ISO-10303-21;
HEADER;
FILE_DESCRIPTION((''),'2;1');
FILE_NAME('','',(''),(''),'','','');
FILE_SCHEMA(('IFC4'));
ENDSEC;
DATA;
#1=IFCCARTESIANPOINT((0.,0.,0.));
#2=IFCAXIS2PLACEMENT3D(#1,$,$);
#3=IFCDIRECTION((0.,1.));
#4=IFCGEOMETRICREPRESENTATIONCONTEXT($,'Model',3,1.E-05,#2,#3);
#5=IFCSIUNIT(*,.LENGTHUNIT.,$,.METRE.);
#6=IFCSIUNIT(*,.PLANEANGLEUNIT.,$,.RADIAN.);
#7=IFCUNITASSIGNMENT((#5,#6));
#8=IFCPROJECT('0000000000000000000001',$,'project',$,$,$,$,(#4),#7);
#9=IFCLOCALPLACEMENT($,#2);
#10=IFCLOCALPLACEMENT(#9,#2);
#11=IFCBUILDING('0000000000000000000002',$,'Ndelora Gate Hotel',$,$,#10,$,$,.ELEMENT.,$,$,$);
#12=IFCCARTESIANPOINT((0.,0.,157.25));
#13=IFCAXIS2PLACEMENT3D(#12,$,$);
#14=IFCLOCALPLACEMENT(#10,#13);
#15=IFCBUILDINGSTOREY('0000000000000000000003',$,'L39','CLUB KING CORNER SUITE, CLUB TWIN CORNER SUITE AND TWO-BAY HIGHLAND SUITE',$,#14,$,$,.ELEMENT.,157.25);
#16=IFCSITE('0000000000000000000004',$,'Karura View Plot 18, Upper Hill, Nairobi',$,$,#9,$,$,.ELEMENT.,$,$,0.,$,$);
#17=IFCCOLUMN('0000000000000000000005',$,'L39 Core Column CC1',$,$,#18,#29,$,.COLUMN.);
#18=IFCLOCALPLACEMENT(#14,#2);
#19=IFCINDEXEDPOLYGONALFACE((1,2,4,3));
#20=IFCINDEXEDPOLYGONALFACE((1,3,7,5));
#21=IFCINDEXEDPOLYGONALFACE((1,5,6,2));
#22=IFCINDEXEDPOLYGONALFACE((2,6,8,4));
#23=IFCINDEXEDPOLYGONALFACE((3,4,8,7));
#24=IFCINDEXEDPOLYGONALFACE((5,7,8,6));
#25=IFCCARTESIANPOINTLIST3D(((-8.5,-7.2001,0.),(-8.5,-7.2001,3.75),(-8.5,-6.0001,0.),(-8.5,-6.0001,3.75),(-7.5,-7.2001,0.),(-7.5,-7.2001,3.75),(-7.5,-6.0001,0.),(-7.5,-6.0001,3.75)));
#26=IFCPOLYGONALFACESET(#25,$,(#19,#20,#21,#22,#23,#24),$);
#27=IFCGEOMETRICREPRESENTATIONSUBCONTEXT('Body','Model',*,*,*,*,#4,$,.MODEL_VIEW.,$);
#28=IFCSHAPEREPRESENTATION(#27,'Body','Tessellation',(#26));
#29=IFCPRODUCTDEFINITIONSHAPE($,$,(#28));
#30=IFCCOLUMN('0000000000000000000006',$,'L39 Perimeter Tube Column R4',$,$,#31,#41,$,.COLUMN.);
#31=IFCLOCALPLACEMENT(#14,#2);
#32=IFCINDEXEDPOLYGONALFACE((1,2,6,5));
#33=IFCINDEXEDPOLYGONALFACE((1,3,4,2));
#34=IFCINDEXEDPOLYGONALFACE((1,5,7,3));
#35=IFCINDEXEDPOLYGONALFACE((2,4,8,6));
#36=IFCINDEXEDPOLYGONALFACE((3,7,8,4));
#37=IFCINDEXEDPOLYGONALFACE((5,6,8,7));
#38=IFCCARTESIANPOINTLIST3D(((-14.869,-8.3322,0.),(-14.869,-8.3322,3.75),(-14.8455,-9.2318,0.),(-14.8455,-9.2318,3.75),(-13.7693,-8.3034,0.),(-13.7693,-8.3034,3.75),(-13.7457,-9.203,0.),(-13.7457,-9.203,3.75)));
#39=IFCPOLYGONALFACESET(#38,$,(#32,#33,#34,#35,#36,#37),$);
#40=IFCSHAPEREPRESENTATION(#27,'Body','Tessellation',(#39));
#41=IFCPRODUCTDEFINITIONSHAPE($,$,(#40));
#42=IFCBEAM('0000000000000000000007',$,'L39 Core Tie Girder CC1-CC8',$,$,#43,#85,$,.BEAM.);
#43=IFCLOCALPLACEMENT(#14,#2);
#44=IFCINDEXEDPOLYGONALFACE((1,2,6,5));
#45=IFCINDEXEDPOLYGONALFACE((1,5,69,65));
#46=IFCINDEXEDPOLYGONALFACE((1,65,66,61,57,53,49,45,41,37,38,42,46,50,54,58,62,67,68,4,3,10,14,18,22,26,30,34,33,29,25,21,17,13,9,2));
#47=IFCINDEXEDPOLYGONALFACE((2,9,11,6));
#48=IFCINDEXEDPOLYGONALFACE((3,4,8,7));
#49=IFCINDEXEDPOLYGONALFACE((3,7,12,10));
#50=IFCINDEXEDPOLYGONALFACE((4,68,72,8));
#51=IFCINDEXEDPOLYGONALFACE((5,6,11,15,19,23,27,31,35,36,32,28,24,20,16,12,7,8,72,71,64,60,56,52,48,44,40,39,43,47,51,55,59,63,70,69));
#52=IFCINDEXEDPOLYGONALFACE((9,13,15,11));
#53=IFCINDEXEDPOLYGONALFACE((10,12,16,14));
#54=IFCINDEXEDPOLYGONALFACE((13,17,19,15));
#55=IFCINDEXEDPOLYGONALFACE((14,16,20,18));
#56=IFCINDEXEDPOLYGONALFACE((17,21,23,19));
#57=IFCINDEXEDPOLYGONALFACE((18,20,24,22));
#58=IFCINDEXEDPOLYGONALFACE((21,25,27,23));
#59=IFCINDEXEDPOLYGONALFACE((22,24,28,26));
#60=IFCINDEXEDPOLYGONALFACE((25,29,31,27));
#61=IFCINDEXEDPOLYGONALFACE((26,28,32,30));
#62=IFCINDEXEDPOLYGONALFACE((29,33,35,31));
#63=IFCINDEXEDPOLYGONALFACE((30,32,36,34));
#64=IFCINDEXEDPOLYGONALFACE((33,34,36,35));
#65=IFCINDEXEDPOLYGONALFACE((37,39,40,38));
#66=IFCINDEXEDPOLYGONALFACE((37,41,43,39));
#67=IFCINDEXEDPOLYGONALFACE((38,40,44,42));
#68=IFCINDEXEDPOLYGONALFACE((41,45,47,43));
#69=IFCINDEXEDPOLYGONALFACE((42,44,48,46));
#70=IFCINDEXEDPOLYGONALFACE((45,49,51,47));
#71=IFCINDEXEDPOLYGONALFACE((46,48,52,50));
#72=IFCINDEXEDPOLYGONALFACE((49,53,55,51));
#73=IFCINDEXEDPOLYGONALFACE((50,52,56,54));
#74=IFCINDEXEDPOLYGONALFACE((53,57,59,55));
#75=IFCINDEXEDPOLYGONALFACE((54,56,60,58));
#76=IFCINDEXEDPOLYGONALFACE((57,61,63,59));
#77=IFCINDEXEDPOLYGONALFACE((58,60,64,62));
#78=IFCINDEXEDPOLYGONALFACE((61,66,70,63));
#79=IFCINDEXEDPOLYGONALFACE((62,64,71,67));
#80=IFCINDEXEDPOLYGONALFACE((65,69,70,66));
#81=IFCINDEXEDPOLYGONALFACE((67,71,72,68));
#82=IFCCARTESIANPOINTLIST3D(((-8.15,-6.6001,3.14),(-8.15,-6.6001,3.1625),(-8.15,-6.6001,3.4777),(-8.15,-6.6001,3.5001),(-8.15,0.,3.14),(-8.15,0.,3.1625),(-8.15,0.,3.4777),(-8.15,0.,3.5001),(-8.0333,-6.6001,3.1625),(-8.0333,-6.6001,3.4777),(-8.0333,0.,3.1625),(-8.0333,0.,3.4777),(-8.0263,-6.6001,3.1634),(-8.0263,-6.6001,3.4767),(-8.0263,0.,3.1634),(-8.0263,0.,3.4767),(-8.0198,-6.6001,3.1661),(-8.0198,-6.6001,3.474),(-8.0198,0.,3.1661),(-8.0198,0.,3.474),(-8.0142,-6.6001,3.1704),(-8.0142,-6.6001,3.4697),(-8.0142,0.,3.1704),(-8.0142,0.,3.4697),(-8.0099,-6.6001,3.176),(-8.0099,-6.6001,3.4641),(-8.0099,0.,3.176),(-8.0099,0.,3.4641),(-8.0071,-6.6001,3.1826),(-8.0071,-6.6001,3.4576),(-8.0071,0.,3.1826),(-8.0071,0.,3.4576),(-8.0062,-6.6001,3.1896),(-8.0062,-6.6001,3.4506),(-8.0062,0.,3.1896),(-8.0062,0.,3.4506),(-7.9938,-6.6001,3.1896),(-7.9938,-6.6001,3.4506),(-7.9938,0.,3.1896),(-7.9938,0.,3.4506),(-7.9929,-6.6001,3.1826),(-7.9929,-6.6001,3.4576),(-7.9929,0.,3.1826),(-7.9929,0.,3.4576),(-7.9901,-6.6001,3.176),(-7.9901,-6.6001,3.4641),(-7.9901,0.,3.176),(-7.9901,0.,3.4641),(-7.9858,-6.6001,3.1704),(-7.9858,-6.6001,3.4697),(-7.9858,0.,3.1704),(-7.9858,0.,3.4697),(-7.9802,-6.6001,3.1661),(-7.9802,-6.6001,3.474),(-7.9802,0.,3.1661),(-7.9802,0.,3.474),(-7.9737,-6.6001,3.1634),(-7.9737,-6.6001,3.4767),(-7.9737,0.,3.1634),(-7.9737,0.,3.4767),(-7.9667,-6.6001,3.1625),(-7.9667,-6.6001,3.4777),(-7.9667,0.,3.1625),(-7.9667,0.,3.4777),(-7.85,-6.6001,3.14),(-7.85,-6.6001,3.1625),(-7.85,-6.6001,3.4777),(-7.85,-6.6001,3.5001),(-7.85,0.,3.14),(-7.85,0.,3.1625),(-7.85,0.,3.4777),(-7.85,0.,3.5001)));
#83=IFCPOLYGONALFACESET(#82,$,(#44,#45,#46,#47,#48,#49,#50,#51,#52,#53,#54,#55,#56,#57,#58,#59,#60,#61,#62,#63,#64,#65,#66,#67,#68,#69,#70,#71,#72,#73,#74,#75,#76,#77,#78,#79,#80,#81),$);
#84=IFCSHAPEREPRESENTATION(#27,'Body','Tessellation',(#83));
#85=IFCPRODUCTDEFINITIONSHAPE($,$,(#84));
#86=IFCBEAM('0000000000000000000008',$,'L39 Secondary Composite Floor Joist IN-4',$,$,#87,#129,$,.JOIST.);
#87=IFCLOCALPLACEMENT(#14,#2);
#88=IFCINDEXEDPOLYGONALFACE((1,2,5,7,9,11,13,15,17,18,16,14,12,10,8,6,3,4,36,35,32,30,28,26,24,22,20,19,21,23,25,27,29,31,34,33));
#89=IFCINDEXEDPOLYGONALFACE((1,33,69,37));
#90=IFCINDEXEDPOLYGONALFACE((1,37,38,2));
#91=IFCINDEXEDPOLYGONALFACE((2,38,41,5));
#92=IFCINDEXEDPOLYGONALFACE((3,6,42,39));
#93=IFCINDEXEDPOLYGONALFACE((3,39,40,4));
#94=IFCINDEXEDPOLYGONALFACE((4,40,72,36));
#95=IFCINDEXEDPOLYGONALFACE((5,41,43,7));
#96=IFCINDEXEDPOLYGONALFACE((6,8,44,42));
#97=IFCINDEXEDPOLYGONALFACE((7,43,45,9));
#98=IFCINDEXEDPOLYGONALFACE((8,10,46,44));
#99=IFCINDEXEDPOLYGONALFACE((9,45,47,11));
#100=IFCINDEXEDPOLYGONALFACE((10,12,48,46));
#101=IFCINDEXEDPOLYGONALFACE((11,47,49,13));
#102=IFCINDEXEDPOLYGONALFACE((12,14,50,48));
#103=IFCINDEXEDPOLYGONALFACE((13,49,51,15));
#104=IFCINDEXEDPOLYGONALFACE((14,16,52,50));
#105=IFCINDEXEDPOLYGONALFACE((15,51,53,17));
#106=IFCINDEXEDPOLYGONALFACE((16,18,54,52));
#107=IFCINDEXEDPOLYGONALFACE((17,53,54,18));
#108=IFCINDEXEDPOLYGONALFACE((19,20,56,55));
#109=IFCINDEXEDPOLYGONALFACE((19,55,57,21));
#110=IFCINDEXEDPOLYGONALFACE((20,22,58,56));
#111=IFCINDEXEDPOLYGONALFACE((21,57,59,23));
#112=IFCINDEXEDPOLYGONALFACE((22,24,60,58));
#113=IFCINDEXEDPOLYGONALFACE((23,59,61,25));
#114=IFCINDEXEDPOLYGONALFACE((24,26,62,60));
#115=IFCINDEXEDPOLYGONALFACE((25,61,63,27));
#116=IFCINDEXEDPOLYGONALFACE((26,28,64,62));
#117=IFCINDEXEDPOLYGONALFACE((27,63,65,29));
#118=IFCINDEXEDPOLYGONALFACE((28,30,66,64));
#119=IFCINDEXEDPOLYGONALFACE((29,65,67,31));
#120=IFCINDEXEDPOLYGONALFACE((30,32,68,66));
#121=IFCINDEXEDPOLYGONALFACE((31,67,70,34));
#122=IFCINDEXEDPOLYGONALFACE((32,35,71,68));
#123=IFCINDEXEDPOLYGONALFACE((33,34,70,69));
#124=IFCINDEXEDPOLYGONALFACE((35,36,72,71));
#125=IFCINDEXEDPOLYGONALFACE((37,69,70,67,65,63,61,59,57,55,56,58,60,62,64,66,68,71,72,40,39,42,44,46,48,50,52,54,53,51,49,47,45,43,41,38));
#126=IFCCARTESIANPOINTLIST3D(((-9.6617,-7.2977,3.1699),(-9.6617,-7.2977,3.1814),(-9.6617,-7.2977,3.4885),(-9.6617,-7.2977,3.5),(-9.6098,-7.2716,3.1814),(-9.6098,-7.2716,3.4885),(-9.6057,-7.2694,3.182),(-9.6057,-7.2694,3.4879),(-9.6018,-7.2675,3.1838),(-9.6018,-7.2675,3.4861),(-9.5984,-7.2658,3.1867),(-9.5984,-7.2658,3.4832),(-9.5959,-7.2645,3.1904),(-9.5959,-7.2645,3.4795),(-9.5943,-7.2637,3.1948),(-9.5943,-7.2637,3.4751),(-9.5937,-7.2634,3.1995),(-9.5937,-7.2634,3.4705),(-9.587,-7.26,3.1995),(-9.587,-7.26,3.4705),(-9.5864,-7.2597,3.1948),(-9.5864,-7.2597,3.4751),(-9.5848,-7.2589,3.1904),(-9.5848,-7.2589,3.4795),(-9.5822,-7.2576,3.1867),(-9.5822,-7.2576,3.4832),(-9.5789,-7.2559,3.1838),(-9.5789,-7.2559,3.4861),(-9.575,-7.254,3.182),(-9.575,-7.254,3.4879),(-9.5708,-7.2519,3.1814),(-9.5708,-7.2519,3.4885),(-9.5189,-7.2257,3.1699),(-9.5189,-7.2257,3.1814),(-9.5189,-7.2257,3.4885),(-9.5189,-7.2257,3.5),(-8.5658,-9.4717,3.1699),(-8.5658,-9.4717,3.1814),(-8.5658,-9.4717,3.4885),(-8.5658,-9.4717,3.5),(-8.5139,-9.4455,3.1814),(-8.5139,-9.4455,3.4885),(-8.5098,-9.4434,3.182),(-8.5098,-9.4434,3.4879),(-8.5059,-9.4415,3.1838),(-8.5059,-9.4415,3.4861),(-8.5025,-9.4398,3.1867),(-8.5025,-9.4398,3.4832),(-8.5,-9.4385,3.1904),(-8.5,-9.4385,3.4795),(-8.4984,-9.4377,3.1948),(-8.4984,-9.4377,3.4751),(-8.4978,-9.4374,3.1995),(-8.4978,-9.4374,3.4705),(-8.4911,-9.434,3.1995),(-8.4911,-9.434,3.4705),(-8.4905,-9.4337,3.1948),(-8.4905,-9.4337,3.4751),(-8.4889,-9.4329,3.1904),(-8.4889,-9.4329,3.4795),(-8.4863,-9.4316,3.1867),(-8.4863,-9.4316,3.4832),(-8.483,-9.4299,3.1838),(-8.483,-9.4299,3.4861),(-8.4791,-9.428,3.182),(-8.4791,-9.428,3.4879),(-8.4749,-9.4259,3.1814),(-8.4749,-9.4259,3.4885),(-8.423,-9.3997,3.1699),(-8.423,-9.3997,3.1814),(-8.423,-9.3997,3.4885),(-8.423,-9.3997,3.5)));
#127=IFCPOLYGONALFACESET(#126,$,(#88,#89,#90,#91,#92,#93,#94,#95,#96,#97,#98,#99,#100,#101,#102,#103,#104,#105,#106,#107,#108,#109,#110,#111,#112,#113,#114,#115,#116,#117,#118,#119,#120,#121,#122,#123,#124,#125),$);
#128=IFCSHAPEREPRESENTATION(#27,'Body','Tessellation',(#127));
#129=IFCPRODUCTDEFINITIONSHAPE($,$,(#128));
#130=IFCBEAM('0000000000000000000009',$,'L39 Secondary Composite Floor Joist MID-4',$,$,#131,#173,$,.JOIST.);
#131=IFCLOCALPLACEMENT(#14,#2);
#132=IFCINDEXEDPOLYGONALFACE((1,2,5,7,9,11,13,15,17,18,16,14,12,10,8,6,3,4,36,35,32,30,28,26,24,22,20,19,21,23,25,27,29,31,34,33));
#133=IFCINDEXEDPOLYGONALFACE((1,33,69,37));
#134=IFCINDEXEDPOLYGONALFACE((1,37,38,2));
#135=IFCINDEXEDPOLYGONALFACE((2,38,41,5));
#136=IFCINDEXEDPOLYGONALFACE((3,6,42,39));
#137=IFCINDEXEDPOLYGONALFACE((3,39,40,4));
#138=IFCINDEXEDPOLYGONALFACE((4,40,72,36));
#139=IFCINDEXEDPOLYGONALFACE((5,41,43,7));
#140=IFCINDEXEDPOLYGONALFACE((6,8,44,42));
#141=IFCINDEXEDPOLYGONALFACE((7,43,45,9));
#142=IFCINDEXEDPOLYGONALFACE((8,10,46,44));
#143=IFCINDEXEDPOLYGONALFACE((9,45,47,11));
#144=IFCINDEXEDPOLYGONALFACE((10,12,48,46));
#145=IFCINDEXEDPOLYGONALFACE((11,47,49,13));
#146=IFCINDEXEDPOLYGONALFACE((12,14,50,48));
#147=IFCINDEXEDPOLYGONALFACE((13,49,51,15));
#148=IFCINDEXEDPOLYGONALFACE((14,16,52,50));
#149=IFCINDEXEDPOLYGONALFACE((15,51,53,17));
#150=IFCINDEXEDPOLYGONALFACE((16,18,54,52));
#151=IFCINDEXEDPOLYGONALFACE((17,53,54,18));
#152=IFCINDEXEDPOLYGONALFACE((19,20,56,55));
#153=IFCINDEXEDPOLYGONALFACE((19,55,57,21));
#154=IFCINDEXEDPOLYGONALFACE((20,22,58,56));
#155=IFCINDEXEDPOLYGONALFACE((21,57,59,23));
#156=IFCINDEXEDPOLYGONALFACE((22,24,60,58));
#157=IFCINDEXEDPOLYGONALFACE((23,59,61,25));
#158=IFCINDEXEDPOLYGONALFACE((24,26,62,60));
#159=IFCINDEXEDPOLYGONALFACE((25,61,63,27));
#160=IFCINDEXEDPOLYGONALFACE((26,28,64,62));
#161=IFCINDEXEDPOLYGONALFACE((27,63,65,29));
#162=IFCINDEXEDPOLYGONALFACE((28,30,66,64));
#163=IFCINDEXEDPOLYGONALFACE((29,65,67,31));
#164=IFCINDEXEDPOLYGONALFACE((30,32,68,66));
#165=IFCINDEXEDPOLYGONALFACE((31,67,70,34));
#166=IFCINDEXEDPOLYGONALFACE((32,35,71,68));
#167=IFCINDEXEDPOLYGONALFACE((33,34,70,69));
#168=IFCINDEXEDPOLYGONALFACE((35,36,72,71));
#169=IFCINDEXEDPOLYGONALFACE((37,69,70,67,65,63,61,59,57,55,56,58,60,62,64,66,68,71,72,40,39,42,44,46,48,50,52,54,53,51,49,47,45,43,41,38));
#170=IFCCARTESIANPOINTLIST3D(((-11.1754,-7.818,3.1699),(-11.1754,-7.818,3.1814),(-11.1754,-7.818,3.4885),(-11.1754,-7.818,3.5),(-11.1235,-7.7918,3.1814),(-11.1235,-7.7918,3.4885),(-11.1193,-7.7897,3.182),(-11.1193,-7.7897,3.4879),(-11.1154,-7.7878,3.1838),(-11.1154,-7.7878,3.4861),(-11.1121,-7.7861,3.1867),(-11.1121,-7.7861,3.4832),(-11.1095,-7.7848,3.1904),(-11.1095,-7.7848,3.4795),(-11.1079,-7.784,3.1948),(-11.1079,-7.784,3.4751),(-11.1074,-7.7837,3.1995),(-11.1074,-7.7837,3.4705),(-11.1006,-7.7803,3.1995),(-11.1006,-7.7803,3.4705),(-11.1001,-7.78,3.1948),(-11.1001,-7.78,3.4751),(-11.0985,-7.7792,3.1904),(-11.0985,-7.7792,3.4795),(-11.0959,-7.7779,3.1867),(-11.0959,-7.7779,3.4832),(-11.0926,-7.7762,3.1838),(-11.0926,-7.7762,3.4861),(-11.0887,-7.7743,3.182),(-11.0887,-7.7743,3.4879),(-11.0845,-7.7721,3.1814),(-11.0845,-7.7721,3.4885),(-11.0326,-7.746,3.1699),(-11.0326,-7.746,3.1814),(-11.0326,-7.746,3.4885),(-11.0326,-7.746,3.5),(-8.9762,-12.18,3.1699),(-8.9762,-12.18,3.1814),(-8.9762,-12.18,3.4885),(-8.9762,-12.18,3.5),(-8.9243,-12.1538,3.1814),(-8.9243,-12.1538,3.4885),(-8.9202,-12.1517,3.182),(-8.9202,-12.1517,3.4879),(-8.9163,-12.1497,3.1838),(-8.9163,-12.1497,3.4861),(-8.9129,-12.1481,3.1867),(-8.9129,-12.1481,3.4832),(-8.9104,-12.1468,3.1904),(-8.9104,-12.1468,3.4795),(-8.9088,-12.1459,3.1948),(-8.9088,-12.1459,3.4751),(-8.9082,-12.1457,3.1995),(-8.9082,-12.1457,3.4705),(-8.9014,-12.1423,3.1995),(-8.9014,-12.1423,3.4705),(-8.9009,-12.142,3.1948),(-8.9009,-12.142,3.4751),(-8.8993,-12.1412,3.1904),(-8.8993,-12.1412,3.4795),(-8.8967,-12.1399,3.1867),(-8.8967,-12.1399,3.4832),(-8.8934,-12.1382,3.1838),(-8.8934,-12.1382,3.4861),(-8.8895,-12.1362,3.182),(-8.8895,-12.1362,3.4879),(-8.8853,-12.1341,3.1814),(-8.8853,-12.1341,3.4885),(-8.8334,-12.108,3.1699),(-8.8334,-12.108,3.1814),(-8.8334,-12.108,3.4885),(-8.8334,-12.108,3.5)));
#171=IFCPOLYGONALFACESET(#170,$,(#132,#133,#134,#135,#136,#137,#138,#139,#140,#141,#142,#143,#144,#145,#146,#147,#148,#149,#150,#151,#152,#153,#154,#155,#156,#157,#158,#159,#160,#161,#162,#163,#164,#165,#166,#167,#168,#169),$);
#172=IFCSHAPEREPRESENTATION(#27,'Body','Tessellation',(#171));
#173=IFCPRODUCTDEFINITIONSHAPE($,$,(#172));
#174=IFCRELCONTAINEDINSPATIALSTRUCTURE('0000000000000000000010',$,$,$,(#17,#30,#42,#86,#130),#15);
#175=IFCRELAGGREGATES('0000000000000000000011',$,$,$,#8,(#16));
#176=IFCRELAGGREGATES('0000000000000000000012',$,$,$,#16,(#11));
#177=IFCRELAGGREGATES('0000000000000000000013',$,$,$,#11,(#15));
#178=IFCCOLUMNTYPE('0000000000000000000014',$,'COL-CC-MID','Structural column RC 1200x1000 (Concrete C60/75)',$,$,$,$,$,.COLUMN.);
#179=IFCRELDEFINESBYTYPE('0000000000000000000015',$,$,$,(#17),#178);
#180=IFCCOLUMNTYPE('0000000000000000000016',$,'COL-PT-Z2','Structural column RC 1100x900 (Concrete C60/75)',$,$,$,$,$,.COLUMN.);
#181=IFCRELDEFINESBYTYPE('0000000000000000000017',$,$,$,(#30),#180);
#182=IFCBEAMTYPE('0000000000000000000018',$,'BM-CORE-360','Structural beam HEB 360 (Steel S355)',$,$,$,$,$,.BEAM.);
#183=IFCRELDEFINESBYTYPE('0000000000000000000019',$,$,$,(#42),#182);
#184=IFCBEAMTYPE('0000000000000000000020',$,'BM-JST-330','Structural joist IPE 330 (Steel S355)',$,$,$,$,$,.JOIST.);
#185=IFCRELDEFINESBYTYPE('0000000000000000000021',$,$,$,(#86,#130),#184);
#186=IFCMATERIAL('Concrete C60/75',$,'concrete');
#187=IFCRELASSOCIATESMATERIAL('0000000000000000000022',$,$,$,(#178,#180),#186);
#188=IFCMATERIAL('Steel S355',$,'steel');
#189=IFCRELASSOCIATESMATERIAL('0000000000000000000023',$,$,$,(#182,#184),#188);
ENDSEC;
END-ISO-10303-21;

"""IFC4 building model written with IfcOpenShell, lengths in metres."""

from ifc_helpers import new_model, si_unit, direction, frame, origin, origin_2d, place, context, subcontext, project, spatial, rectangle, i_section, extrude, material, material_profile, profile_set, type_object, element, save


model = new_model("IFC4")

# Units and contexts
model_context = context("Model", 3, precision=1e-05, world=origin(), true_north=direction((0.0, 1.0)))
body_context = subcontext(model_context, "Body", "Model", "MODEL_VIEW")
ifc_project = project(units=[si_unit("LENGTHUNIT", "METRE"), si_unit("PLANEANGLEUNIT", "RADIAN")], contexts=[model_context])

# Site, building, storey
site_placement = place(None, origin())
site = spatial("IfcSite", under=ifc_project, at=site_placement, Name="Karura View Plot 18, Upper Hill, Nairobi", CompositionType="ELEMENT", RefElevation=0.0)
building_placement = place(site_placement, origin())
building = spatial("IfcBuilding", under=site, at=building_placement, Name="Ndelora Gate Hotel", CompositionType="ELEMENT")
storey_placement = place(building_placement, frame((0.0, 0.0, 157.25)))
storey = spatial("IfcBuildingStorey", under=building, at=storey_placement, Name="L39", Description="CLUB KING CORNER SUITE, CLUB TWIN CORNER SUITE AND TWO-BAY HIGHLAND SUITE", CompositionType="ELEMENT", Elevation=157.25)

# Columns
ifc_material_1 = material(Name="Concrete C60/75", Category="concrete")
ifc_material_profile_1 = material_profile(ifc_material_1, rectangle(XDim=1.0, YDim=1.2, at=origin_2d()), Name="RC 1200x1000")
ifc_profile_set_1 = profile_set([ifc_material_profile_1], Name="Concrete C60/75")
column_type_1 = type_object("IfcColumnType", Name="COL-CC-MID", Description="Structural column RC 1200x1000 (Concrete C60/75)", PredefinedType="COLUMN", material=ifc_profile_set_1)
column_1_placement = place(storey_placement, frame((-8.0, -6.6001, 0.0), z_axis=(0.0, 0.0, 1.0), x_axis=(1.0, 0.0, 0.0)))
element("IfcColumn", 1, at=column_1_placement, inside=storey, type_object=column_type_1, Name="L39 Core Column CC1", PredefinedType="COLUMN", context=body_context, shape_type="SweptSolid", body=[
    extrude(rectangle(XDim=1.0, YDim=1.2, at=origin_2d()), origin(), (0.0, 0.0, 1.0), 3.75),
])
ifc_material_profile_2 = material_profile(ifc_material_1, rectangle(XDim=0.8999, YDim=1.1001, at=origin_2d()), Name="RC 1100x900")
ifc_profile_set_2 = profile_set([ifc_material_profile_2], Name="Concrete C60/75")
column_type_2 = type_object("IfcColumnType", Name="COL-PT-Z2", Description="Structural column RC 1100x900 (Concrete C60/75)", PredefinedType="COLUMN", material=ifc_profile_set_2)
column_2_placement = place(storey_placement, frame((-14.3074, -8.7676, 0.0), z_axis=(0.0, 0.0, 1.0), x_axis=(-0.026177, 0.999657, 0.0)))
element("IfcColumn", 2, at=column_2_placement, inside=storey, type_object=column_type_2, Name="L39 Perimeter Tube Column R4", PredefinedType="COLUMN", context=body_context, shape_type="SweptSolid", body=[
    extrude(rectangle(XDim=0.8999, YDim=1.1001, at=origin_2d()), origin(), (0.0, 0.0, 1.0), 3.75),
])

# Beams
ifc_material_2 = material(Name="Steel S355", Category="steel")
ifc_material_profile_3 = material_profile(ifc_material_2, i_section(OverallWidth=0.3, OverallDepth=0.3601, WebThickness=0.0125, FlangeThickness=0.0225, FilletRadius=0.0271, at=origin_2d()), Name="HEB 360")
ifc_profile_set_3 = profile_set([ifc_material_profile_3], Name="Steel S355")
beam_type_1 = type_object("IfcBeamType", Name="BM-CORE-360", Description="Structural beam HEB 360 (Steel S355)", PredefinedType="BEAM", material=ifc_profile_set_3)
beam_1_placement = place(storey_placement, frame((-8.0, -6.6001, 3.3201), z_axis=(0.0, 1.0, 0.0), x_axis=(-1.0, 0.0, 0.0)))
element("IfcBeam", 3, at=beam_1_placement, inside=storey, type_object=beam_type_1, Name="L39 Core Tie Girder CC1-CC8", PredefinedType="BEAM", context=body_context, shape_type="SweptSolid", body=[
    extrude(i_section(OverallWidth=0.3, OverallDepth=0.3601, WebThickness=0.0125, FlangeThickness=0.0225, FilletRadius=0.0271, at=origin_2d()), origin(), (0.0, 0.0, 1.0), 6.6001),
])
ifc_material_profile_4 = material_profile(ifc_material_2, i_section(OverallWidth=0.1599, OverallDepth=0.3301, WebThickness=0.0076, FlangeThickness=0.0115, FilletRadius=0.0181, at=origin_2d()), Name="IPE 330")
ifc_profile_set_4 = profile_set([ifc_material_profile_4], Name="Steel S355")
beam_type_2 = type_object("IfcBeamType", Name="BM-JST-330", Description="Structural joist IPE 330 (Steel S355)", PredefinedType="JOIST", material=ifc_profile_set_4)
beam_2_placement = place(storey_placement, frame((-9.5903, -7.2617, 3.335), z_axis=(0.450139, -0.892958, 0.0), x_axis=(0.892958, 0.450139, 0.0)))
element("IfcBeam", 4, at=beam_2_placement, inside=storey, type_object=beam_type_2, Name="L39 Secondary Composite Floor Joist IN-4", PredefinedType="JOIST", context=body_context, shape_type="SweptSolid", body=[
    extrude(i_section(OverallWidth=0.1599, OverallDepth=0.3301, WebThickness=0.0076, FlangeThickness=0.0115, FilletRadius=0.0181, at=origin_2d()), origin(), (0.0, 0.0, 1.0), 2.4346),
])
beam_3_placement = place(storey_placement, frame((-11.104, -7.782, 3.335), z_axis=(0.45019, -0.892933, 0.0), x_axis=(0.892933, 0.45019, 0.0)))
element("IfcBeam", 5, at=beam_3_placement, inside=storey, type_object=beam_type_2, Name="L39 Secondary Composite Floor Joist MID-4", PredefinedType="JOIST", context=body_context, shape_type="SweptSolid", body=[
    extrude(i_section(OverallWidth=0.1599, OverallDepth=0.3301, WebThickness=0.0076, FlangeThickness=0.0115, FilletRadius=0.0181, at=origin_2d()), origin(), (0.0, 0.0, 1.0), 4.885),
])

save(model, "model.ifc")
